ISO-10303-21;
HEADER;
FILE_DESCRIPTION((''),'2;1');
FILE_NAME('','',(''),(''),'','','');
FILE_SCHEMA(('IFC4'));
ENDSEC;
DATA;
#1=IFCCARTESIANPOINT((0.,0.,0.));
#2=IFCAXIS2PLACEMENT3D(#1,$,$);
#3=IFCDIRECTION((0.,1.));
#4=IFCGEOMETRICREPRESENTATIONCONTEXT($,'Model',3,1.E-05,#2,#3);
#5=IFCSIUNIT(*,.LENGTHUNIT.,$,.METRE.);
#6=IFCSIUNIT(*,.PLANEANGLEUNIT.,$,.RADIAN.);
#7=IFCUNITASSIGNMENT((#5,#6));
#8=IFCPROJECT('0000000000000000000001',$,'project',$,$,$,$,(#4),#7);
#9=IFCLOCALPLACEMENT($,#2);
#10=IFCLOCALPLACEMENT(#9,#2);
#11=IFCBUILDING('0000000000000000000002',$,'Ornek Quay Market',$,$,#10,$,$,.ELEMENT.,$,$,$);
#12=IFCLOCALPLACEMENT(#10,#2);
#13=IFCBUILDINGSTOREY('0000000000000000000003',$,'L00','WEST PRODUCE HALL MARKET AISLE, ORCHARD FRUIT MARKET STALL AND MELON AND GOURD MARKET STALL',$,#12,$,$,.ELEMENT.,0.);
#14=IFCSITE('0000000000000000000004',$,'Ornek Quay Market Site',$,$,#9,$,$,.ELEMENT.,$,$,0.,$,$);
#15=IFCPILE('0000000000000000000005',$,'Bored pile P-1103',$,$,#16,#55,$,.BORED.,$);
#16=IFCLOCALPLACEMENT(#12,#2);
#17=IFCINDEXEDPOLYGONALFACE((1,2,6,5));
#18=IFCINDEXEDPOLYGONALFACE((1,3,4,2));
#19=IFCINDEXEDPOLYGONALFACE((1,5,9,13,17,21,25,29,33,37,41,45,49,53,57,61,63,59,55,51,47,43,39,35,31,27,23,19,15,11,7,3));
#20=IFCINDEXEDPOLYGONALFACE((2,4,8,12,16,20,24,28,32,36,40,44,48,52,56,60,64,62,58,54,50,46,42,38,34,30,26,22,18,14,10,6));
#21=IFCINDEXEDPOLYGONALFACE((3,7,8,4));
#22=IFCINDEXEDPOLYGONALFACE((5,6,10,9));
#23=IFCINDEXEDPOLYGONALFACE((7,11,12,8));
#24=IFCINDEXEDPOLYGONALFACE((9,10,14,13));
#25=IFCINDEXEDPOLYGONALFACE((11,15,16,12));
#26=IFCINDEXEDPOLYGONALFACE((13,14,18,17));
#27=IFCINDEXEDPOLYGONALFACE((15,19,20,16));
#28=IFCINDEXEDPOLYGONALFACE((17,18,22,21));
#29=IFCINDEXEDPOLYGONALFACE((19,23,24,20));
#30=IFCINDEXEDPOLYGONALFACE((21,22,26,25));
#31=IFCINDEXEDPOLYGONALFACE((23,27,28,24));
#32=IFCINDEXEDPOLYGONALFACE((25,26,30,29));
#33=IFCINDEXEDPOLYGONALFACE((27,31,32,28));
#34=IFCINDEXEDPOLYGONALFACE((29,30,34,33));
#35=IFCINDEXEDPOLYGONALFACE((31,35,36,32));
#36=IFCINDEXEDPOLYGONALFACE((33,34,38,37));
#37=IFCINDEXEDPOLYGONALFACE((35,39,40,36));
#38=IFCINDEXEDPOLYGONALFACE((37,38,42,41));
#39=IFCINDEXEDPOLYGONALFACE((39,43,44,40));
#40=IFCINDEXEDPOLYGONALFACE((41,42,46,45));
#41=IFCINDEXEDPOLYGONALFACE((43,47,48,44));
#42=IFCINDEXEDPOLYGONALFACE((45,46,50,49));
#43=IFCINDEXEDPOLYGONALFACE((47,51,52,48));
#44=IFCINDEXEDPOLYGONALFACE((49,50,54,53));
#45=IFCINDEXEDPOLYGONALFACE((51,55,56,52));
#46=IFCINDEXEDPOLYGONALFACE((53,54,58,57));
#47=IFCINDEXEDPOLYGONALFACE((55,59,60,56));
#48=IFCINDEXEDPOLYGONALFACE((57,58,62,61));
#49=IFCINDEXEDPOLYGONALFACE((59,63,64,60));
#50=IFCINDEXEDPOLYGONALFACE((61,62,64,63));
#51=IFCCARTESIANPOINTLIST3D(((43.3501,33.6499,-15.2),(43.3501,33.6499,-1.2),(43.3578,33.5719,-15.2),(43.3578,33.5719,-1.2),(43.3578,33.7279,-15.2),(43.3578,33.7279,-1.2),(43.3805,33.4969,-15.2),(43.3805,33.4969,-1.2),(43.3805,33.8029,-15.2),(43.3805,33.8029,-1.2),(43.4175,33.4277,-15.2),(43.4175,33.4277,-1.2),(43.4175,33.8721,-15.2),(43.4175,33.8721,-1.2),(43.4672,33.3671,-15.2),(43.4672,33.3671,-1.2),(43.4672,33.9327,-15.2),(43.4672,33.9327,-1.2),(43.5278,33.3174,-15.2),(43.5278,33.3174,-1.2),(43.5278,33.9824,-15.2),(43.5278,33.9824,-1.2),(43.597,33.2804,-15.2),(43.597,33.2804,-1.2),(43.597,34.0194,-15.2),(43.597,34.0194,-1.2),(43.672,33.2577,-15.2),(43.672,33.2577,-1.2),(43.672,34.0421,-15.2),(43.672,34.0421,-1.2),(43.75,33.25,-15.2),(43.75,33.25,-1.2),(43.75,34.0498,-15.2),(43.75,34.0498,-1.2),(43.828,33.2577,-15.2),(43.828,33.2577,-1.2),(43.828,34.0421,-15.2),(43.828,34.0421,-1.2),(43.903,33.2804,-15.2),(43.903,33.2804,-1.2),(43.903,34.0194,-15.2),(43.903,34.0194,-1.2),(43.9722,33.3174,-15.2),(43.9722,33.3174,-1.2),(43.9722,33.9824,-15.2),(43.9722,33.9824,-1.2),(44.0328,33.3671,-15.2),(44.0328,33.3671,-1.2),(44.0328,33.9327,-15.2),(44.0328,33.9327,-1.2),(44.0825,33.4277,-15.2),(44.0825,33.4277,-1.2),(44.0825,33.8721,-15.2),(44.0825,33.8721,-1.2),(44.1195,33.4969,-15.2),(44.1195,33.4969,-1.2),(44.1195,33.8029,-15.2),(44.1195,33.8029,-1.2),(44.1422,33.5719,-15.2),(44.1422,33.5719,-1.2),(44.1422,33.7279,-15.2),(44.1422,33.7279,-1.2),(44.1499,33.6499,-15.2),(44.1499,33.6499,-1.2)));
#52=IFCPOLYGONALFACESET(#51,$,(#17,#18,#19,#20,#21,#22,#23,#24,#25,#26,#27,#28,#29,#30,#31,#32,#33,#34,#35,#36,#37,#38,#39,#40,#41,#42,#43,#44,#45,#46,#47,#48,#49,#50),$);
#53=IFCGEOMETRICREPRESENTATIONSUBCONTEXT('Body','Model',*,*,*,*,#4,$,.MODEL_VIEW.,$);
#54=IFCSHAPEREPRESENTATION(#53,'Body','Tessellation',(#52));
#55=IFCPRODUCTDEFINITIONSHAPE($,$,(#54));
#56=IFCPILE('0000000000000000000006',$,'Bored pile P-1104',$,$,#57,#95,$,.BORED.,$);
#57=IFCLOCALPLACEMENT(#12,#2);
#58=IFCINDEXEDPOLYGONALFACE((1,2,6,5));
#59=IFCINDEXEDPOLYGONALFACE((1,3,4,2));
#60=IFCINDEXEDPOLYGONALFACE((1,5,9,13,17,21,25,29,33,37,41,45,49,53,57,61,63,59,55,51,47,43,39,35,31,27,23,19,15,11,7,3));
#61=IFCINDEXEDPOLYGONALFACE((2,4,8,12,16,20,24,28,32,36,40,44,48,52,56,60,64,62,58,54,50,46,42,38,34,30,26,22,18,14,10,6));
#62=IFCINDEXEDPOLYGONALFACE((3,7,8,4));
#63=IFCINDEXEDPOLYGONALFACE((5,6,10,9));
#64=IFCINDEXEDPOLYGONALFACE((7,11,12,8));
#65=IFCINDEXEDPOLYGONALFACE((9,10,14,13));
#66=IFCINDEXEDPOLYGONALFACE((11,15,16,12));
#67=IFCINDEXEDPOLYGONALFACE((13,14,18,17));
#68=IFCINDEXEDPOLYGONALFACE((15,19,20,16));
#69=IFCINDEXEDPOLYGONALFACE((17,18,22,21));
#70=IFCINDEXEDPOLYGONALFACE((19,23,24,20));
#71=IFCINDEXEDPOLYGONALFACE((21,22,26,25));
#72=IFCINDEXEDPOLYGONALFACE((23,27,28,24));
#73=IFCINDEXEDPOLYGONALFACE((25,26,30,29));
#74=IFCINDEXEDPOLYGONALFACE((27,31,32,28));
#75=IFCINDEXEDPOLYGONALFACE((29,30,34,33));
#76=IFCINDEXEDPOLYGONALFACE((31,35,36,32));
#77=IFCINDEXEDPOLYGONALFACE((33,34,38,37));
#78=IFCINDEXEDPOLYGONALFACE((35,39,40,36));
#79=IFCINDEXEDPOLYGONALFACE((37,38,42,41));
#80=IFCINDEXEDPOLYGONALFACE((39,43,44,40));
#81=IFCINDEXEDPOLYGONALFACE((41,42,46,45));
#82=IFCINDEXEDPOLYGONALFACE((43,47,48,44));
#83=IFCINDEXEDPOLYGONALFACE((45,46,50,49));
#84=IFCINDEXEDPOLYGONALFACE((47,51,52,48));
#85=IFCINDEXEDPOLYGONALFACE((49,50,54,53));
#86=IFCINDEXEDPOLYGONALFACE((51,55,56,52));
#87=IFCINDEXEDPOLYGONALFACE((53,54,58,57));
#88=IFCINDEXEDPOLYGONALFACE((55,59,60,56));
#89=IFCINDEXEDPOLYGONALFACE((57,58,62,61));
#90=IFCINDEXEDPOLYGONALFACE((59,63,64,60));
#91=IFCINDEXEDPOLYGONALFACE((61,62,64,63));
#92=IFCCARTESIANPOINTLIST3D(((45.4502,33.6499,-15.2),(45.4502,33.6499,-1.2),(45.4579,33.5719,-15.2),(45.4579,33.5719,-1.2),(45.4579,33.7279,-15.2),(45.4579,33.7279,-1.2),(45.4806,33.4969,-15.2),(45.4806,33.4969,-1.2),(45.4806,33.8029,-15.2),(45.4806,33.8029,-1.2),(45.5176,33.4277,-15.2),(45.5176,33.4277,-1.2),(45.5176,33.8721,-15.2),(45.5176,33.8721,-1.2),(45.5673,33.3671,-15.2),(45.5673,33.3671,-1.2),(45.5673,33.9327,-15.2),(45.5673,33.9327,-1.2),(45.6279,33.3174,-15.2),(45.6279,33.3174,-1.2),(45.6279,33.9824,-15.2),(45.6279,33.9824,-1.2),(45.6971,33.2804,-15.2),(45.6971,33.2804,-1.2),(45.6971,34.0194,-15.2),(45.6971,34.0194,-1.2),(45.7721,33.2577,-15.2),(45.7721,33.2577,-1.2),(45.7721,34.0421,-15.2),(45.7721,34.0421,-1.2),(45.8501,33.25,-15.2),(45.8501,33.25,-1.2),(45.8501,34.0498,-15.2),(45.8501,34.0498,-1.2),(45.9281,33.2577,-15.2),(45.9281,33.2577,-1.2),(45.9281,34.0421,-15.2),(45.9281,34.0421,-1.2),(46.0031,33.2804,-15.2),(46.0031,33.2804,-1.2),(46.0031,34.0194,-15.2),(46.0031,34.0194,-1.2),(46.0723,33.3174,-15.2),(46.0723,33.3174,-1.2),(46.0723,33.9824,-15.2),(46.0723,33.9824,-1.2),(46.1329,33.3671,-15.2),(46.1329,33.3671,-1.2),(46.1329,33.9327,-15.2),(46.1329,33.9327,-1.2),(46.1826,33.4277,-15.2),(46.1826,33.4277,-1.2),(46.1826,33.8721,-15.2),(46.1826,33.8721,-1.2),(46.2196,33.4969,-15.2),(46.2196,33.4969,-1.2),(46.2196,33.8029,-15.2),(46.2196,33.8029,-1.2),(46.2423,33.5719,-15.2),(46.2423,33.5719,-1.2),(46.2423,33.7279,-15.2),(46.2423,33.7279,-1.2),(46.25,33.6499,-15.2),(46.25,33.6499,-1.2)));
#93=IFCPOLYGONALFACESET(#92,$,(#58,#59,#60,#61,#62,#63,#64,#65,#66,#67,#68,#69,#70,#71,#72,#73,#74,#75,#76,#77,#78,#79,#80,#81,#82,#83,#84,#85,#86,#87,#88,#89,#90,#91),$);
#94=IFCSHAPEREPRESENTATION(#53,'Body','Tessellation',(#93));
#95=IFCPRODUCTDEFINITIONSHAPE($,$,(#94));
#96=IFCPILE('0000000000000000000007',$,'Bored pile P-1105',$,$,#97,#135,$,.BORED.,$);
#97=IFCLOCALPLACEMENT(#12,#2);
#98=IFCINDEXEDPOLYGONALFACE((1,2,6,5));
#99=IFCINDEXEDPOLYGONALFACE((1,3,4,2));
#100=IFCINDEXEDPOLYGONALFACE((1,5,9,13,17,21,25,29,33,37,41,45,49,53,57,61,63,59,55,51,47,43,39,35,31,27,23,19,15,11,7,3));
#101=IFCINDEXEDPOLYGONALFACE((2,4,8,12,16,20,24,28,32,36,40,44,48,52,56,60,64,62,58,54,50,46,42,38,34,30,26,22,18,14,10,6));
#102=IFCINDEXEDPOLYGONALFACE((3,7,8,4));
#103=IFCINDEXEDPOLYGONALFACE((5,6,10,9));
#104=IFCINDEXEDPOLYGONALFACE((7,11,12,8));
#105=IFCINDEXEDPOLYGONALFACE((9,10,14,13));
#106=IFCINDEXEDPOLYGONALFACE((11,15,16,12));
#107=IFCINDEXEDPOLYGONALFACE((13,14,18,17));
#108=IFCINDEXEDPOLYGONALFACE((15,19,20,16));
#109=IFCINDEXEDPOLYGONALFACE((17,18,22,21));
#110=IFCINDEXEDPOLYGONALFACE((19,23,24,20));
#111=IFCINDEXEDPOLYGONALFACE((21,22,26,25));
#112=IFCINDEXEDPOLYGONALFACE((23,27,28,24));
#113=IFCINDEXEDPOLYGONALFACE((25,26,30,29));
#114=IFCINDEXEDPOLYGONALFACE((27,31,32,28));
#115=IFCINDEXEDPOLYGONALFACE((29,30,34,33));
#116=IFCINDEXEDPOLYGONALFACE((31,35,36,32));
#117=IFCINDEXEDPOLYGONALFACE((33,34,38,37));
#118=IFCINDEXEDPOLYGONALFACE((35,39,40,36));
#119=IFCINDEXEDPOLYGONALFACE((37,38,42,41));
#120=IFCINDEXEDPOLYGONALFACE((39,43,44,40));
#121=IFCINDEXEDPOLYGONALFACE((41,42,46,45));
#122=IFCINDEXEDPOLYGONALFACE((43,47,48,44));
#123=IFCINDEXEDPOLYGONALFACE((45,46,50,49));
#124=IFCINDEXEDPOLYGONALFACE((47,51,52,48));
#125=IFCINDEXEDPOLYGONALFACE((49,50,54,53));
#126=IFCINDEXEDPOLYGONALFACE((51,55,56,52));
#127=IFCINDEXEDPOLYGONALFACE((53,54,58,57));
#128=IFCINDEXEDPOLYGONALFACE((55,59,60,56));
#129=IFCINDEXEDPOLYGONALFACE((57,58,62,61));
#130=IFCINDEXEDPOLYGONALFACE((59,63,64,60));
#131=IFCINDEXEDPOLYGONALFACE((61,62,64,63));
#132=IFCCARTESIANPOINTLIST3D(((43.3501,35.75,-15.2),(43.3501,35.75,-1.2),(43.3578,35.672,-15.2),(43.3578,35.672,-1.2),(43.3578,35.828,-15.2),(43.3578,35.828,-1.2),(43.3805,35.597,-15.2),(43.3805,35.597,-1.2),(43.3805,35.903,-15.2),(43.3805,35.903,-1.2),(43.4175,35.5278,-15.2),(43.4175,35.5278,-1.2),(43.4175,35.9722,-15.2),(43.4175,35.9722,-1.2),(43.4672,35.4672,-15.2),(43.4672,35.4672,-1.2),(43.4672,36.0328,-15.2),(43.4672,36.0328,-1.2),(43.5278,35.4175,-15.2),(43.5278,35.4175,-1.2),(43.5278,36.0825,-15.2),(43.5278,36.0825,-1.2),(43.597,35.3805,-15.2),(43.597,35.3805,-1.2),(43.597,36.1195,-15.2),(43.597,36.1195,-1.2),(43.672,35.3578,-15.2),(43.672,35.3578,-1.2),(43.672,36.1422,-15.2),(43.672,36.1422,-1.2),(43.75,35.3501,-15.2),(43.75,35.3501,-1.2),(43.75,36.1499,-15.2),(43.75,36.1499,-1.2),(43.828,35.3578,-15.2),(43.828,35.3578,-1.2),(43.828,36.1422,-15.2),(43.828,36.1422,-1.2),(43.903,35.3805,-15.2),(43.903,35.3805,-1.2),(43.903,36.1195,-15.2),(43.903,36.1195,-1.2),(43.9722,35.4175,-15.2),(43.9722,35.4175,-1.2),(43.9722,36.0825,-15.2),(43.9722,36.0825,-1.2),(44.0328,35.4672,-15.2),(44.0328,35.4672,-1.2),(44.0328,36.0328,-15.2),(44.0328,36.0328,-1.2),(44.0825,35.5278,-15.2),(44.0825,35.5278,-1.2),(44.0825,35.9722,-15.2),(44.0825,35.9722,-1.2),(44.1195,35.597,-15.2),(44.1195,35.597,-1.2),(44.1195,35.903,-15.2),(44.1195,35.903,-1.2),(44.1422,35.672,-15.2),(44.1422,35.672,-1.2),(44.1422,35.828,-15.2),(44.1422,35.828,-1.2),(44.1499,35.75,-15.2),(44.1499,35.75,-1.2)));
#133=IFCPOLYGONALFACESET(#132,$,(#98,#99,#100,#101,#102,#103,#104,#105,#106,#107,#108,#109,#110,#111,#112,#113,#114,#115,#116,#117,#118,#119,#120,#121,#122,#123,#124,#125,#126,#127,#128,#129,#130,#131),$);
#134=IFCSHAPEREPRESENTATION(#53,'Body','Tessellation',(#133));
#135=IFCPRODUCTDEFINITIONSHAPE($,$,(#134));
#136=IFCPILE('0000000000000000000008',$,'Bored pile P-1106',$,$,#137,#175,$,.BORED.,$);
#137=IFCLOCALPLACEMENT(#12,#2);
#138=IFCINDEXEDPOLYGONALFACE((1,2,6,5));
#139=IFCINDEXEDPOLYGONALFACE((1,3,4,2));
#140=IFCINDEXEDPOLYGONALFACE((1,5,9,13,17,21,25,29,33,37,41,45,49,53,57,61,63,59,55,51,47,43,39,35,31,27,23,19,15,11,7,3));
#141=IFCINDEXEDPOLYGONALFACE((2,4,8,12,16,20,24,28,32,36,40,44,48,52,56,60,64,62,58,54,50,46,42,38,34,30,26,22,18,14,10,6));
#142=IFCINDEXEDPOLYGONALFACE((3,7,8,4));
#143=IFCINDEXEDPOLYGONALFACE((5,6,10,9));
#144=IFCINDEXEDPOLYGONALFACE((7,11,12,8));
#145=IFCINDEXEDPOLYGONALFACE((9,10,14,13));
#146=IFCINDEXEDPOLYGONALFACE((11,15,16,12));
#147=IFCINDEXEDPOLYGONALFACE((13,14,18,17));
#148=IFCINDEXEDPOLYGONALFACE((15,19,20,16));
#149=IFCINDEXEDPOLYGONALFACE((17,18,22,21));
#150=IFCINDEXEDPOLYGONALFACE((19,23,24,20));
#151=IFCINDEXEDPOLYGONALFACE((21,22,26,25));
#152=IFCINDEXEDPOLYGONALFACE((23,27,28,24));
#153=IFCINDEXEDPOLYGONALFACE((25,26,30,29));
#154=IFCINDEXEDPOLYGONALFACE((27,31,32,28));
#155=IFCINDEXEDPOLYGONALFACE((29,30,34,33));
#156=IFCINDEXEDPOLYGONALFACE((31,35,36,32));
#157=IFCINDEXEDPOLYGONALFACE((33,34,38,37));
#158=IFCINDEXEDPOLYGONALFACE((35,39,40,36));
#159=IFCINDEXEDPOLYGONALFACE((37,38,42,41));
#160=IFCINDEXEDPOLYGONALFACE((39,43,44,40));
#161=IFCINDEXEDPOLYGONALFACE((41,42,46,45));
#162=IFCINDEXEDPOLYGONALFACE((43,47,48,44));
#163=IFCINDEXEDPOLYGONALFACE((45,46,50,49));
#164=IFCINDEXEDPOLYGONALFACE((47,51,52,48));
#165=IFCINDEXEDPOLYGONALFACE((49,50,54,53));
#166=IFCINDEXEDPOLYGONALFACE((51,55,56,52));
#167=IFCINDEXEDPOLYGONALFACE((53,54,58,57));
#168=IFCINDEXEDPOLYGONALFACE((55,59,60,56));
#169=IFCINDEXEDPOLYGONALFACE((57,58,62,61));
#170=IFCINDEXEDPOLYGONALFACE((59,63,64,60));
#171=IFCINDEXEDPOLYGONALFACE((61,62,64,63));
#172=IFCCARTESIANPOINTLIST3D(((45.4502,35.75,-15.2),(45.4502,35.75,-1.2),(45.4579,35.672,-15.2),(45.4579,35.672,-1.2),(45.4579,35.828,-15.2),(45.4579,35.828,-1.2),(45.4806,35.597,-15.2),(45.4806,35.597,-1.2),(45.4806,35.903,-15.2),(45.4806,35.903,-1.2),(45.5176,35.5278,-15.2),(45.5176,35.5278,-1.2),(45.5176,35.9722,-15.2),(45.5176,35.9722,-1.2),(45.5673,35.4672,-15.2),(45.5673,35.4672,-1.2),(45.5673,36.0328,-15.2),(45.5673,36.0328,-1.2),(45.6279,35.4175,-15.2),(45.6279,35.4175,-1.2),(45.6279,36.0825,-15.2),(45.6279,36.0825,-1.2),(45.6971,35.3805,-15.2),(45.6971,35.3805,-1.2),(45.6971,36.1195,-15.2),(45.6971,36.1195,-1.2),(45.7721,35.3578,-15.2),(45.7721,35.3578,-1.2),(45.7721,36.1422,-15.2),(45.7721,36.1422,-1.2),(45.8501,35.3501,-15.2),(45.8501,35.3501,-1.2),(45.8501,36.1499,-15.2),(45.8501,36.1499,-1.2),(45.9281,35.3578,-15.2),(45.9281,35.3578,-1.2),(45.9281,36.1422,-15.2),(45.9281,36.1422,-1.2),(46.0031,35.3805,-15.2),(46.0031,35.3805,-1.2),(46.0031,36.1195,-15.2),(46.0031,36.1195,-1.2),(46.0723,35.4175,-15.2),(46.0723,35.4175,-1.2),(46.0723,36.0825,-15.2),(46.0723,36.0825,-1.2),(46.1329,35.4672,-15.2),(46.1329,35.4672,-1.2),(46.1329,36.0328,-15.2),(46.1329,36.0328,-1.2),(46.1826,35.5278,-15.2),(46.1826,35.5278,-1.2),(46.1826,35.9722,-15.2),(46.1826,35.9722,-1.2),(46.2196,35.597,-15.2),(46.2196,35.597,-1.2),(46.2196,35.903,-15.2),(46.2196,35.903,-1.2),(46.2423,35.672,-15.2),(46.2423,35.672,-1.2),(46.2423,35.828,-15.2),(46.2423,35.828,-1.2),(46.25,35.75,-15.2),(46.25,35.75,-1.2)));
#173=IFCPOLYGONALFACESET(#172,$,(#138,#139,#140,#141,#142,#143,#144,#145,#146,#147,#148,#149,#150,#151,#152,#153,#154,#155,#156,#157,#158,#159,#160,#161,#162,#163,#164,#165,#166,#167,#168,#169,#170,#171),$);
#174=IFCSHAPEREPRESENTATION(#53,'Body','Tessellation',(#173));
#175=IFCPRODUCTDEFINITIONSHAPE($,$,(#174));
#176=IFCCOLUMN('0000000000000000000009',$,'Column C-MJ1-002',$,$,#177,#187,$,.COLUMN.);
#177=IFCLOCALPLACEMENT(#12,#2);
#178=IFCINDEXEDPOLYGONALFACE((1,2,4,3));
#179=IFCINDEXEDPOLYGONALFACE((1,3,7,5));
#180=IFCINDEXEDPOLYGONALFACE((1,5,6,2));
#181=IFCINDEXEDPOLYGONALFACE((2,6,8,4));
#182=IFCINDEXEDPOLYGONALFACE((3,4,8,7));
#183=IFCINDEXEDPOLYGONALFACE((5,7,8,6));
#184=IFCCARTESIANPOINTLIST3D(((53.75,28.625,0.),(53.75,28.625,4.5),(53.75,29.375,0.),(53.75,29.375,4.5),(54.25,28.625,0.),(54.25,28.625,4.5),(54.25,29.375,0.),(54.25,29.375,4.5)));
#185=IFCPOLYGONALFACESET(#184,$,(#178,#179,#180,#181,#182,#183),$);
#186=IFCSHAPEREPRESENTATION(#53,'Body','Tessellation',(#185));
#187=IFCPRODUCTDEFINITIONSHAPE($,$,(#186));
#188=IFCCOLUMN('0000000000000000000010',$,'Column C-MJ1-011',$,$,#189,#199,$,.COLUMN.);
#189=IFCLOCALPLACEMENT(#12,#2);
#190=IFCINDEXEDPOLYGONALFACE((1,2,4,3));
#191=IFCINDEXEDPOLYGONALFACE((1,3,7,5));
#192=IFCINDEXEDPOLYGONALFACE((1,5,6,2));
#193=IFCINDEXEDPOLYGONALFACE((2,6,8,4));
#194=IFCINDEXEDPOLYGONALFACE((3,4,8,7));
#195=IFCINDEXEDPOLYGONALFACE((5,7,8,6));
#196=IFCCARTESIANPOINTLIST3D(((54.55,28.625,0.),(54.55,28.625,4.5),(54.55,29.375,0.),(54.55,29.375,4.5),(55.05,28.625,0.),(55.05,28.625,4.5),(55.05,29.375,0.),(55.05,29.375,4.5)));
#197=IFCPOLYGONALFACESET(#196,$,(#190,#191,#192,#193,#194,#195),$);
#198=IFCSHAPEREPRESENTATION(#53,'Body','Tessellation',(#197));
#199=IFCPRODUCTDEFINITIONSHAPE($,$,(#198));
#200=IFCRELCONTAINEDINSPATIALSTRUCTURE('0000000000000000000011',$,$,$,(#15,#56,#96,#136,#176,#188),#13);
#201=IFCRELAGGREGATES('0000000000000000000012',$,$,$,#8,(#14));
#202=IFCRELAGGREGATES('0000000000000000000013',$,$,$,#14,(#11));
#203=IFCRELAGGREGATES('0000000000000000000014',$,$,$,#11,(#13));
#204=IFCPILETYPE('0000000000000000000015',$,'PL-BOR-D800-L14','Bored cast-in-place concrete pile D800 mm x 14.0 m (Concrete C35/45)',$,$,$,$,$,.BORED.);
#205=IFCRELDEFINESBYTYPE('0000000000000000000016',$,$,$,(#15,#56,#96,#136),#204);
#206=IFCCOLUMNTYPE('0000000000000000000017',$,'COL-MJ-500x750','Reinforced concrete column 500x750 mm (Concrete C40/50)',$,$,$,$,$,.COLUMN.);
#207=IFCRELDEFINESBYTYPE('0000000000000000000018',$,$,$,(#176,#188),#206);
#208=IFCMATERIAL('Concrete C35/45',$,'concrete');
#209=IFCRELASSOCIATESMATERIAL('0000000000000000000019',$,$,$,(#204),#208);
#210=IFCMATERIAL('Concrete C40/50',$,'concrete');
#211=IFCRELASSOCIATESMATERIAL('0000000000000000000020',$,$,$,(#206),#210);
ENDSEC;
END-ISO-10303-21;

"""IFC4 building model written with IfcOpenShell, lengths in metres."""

from ifc_helpers import new_model, si_unit, direction, frame, origin, origin_2d, place, context, subcontext, project, spatial, rectangle, circle, extrude, material, material_profile, profile_set, type_object, element, save


model = new_model("IFC4")

# Units and contexts
model_context = context("Model", 3, precision=1e-05, world=origin(), true_north=direction((0.0, 1.0)))
body_context = subcontext(model_context, "Body", "Model", "MODEL_VIEW")
ifc_project = project(units=[si_unit("LENGTHUNIT", "METRE"), si_unit("PLANEANGLEUNIT", "RADIAN")], contexts=[model_context])

# Site, building, storey
site_placement = place(None, origin())
site = spatial("IfcSite", under=ifc_project, at=site_placement, Name="Ornek Quay Market Site", CompositionType="ELEMENT", RefElevation=0.0)
building_placement = place(site_placement, origin())
building = spatial("IfcBuilding", under=site, at=building_placement, Name="Ornek Quay Market", CompositionType="ELEMENT")
storey_placement = place(building_placement, origin())
storey = spatial("IfcBuildingStorey", under=building, at=storey_placement, Name="L00", Description="WEST PRODUCE HALL MARKET AISLE, ORCHARD FRUIT MARKET STALL AND MELON AND GOURD MARKET STALL", CompositionType="ELEMENT", Elevation=0.0)

# Piles
ifc_material_1 = material(Name="Concrete C35/45", Category="concrete")
ifc_material_profile_1 = material_profile(ifc_material_1, circle(Radius=0.3999, at=origin_2d()), Name="PILE D800", Category="concrete")
ifc_profile_set_1 = profile_set([ifc_material_profile_1], Name="Concrete C35/45")
pile_type_1 = type_object("IfcPileType", Name="PL-BOR-D800-L14", Description="Bored cast-in-place concrete pile D800 mm x 14.0 m (Concrete C35/45)", PredefinedType="BORED", material=ifc_profile_set_1)
for number, where, z_axis, x_axis, name in (
    (1, (43.75, 33.6499, -1.2), (0.0, 0.0, -1.0), (1.0, 0.0, 0.0), "Bored pile P-1103"),
    (2, (45.8501, 33.6499, -1.2), (0.0, 0.0, -1.0), (1.0, 0.0, 0.0), "Bored pile P-1104"),
    (3, (43.75, 35.75, -1.2), (0.0, 0.0, -1.0), (1.0, 0.0, 0.0), "Bored pile P-1105"),
    (4, (45.8501, 35.75, -1.2), (0.0, 0.0, -1.0), (1.0, 0.0, 0.0), "Bored pile P-1106"),
):
    element("IfcPile", number, at=place(storey_placement, frame(where, z_axis=z_axis, x_axis=x_axis)), inside=storey, type_object=pile_type_1, Name=name, PredefinedType="BORED", context=body_context, shape_type="SweptSolid", body=[
        extrude(circle(Radius=0.3999, at=origin_2d()), origin(), (0.0, 0.0, 1.0), 14.0),
    ])

# Columns
ifc_material_2 = material(Name="Concrete C40/50", Category="concrete")
ifc_material_profile_2 = material_profile(ifc_material_2, rectangle(XDim=0.5, YDim=0.75, at=origin_2d()), Name="RC 500x750", Category="concrete")
ifc_profile_set_2 = profile_set([ifc_material_profile_2], Name="Concrete C40/50")
column_type_1 = type_object("IfcColumnType", Name="COL-MJ-500x750", Description="Reinforced concrete column 500x750 mm (Concrete C40/50)", PredefinedType="COLUMN", material=ifc_profile_set_2)
for number, where, z_axis, x_axis, name in (
    (5, (54.0, 29.0, 0.0), (0.0, 0.0, 1.0), (1.0, 0.0, 0.0), "Column C-MJ1-002"),
    (6, (54.8, 29.0, 0.0), (0.0, 0.0, 1.0), (1.0, 0.0, 0.0), "Column C-MJ1-011"),
):
    element("IfcColumn", number, at=place(storey_placement, frame(where, z_axis=z_axis, x_axis=x_axis)), inside=storey, type_object=column_type_1, Name=name, PredefinedType="COLUMN", context=body_context, shape_type="SweptSolid", body=[
        extrude(rectangle(XDim=0.5, YDim=0.75, at=origin_2d()), origin(), (0.0, 0.0, 1.0), 4.5),
    ])

save(model, "model.ifc")
